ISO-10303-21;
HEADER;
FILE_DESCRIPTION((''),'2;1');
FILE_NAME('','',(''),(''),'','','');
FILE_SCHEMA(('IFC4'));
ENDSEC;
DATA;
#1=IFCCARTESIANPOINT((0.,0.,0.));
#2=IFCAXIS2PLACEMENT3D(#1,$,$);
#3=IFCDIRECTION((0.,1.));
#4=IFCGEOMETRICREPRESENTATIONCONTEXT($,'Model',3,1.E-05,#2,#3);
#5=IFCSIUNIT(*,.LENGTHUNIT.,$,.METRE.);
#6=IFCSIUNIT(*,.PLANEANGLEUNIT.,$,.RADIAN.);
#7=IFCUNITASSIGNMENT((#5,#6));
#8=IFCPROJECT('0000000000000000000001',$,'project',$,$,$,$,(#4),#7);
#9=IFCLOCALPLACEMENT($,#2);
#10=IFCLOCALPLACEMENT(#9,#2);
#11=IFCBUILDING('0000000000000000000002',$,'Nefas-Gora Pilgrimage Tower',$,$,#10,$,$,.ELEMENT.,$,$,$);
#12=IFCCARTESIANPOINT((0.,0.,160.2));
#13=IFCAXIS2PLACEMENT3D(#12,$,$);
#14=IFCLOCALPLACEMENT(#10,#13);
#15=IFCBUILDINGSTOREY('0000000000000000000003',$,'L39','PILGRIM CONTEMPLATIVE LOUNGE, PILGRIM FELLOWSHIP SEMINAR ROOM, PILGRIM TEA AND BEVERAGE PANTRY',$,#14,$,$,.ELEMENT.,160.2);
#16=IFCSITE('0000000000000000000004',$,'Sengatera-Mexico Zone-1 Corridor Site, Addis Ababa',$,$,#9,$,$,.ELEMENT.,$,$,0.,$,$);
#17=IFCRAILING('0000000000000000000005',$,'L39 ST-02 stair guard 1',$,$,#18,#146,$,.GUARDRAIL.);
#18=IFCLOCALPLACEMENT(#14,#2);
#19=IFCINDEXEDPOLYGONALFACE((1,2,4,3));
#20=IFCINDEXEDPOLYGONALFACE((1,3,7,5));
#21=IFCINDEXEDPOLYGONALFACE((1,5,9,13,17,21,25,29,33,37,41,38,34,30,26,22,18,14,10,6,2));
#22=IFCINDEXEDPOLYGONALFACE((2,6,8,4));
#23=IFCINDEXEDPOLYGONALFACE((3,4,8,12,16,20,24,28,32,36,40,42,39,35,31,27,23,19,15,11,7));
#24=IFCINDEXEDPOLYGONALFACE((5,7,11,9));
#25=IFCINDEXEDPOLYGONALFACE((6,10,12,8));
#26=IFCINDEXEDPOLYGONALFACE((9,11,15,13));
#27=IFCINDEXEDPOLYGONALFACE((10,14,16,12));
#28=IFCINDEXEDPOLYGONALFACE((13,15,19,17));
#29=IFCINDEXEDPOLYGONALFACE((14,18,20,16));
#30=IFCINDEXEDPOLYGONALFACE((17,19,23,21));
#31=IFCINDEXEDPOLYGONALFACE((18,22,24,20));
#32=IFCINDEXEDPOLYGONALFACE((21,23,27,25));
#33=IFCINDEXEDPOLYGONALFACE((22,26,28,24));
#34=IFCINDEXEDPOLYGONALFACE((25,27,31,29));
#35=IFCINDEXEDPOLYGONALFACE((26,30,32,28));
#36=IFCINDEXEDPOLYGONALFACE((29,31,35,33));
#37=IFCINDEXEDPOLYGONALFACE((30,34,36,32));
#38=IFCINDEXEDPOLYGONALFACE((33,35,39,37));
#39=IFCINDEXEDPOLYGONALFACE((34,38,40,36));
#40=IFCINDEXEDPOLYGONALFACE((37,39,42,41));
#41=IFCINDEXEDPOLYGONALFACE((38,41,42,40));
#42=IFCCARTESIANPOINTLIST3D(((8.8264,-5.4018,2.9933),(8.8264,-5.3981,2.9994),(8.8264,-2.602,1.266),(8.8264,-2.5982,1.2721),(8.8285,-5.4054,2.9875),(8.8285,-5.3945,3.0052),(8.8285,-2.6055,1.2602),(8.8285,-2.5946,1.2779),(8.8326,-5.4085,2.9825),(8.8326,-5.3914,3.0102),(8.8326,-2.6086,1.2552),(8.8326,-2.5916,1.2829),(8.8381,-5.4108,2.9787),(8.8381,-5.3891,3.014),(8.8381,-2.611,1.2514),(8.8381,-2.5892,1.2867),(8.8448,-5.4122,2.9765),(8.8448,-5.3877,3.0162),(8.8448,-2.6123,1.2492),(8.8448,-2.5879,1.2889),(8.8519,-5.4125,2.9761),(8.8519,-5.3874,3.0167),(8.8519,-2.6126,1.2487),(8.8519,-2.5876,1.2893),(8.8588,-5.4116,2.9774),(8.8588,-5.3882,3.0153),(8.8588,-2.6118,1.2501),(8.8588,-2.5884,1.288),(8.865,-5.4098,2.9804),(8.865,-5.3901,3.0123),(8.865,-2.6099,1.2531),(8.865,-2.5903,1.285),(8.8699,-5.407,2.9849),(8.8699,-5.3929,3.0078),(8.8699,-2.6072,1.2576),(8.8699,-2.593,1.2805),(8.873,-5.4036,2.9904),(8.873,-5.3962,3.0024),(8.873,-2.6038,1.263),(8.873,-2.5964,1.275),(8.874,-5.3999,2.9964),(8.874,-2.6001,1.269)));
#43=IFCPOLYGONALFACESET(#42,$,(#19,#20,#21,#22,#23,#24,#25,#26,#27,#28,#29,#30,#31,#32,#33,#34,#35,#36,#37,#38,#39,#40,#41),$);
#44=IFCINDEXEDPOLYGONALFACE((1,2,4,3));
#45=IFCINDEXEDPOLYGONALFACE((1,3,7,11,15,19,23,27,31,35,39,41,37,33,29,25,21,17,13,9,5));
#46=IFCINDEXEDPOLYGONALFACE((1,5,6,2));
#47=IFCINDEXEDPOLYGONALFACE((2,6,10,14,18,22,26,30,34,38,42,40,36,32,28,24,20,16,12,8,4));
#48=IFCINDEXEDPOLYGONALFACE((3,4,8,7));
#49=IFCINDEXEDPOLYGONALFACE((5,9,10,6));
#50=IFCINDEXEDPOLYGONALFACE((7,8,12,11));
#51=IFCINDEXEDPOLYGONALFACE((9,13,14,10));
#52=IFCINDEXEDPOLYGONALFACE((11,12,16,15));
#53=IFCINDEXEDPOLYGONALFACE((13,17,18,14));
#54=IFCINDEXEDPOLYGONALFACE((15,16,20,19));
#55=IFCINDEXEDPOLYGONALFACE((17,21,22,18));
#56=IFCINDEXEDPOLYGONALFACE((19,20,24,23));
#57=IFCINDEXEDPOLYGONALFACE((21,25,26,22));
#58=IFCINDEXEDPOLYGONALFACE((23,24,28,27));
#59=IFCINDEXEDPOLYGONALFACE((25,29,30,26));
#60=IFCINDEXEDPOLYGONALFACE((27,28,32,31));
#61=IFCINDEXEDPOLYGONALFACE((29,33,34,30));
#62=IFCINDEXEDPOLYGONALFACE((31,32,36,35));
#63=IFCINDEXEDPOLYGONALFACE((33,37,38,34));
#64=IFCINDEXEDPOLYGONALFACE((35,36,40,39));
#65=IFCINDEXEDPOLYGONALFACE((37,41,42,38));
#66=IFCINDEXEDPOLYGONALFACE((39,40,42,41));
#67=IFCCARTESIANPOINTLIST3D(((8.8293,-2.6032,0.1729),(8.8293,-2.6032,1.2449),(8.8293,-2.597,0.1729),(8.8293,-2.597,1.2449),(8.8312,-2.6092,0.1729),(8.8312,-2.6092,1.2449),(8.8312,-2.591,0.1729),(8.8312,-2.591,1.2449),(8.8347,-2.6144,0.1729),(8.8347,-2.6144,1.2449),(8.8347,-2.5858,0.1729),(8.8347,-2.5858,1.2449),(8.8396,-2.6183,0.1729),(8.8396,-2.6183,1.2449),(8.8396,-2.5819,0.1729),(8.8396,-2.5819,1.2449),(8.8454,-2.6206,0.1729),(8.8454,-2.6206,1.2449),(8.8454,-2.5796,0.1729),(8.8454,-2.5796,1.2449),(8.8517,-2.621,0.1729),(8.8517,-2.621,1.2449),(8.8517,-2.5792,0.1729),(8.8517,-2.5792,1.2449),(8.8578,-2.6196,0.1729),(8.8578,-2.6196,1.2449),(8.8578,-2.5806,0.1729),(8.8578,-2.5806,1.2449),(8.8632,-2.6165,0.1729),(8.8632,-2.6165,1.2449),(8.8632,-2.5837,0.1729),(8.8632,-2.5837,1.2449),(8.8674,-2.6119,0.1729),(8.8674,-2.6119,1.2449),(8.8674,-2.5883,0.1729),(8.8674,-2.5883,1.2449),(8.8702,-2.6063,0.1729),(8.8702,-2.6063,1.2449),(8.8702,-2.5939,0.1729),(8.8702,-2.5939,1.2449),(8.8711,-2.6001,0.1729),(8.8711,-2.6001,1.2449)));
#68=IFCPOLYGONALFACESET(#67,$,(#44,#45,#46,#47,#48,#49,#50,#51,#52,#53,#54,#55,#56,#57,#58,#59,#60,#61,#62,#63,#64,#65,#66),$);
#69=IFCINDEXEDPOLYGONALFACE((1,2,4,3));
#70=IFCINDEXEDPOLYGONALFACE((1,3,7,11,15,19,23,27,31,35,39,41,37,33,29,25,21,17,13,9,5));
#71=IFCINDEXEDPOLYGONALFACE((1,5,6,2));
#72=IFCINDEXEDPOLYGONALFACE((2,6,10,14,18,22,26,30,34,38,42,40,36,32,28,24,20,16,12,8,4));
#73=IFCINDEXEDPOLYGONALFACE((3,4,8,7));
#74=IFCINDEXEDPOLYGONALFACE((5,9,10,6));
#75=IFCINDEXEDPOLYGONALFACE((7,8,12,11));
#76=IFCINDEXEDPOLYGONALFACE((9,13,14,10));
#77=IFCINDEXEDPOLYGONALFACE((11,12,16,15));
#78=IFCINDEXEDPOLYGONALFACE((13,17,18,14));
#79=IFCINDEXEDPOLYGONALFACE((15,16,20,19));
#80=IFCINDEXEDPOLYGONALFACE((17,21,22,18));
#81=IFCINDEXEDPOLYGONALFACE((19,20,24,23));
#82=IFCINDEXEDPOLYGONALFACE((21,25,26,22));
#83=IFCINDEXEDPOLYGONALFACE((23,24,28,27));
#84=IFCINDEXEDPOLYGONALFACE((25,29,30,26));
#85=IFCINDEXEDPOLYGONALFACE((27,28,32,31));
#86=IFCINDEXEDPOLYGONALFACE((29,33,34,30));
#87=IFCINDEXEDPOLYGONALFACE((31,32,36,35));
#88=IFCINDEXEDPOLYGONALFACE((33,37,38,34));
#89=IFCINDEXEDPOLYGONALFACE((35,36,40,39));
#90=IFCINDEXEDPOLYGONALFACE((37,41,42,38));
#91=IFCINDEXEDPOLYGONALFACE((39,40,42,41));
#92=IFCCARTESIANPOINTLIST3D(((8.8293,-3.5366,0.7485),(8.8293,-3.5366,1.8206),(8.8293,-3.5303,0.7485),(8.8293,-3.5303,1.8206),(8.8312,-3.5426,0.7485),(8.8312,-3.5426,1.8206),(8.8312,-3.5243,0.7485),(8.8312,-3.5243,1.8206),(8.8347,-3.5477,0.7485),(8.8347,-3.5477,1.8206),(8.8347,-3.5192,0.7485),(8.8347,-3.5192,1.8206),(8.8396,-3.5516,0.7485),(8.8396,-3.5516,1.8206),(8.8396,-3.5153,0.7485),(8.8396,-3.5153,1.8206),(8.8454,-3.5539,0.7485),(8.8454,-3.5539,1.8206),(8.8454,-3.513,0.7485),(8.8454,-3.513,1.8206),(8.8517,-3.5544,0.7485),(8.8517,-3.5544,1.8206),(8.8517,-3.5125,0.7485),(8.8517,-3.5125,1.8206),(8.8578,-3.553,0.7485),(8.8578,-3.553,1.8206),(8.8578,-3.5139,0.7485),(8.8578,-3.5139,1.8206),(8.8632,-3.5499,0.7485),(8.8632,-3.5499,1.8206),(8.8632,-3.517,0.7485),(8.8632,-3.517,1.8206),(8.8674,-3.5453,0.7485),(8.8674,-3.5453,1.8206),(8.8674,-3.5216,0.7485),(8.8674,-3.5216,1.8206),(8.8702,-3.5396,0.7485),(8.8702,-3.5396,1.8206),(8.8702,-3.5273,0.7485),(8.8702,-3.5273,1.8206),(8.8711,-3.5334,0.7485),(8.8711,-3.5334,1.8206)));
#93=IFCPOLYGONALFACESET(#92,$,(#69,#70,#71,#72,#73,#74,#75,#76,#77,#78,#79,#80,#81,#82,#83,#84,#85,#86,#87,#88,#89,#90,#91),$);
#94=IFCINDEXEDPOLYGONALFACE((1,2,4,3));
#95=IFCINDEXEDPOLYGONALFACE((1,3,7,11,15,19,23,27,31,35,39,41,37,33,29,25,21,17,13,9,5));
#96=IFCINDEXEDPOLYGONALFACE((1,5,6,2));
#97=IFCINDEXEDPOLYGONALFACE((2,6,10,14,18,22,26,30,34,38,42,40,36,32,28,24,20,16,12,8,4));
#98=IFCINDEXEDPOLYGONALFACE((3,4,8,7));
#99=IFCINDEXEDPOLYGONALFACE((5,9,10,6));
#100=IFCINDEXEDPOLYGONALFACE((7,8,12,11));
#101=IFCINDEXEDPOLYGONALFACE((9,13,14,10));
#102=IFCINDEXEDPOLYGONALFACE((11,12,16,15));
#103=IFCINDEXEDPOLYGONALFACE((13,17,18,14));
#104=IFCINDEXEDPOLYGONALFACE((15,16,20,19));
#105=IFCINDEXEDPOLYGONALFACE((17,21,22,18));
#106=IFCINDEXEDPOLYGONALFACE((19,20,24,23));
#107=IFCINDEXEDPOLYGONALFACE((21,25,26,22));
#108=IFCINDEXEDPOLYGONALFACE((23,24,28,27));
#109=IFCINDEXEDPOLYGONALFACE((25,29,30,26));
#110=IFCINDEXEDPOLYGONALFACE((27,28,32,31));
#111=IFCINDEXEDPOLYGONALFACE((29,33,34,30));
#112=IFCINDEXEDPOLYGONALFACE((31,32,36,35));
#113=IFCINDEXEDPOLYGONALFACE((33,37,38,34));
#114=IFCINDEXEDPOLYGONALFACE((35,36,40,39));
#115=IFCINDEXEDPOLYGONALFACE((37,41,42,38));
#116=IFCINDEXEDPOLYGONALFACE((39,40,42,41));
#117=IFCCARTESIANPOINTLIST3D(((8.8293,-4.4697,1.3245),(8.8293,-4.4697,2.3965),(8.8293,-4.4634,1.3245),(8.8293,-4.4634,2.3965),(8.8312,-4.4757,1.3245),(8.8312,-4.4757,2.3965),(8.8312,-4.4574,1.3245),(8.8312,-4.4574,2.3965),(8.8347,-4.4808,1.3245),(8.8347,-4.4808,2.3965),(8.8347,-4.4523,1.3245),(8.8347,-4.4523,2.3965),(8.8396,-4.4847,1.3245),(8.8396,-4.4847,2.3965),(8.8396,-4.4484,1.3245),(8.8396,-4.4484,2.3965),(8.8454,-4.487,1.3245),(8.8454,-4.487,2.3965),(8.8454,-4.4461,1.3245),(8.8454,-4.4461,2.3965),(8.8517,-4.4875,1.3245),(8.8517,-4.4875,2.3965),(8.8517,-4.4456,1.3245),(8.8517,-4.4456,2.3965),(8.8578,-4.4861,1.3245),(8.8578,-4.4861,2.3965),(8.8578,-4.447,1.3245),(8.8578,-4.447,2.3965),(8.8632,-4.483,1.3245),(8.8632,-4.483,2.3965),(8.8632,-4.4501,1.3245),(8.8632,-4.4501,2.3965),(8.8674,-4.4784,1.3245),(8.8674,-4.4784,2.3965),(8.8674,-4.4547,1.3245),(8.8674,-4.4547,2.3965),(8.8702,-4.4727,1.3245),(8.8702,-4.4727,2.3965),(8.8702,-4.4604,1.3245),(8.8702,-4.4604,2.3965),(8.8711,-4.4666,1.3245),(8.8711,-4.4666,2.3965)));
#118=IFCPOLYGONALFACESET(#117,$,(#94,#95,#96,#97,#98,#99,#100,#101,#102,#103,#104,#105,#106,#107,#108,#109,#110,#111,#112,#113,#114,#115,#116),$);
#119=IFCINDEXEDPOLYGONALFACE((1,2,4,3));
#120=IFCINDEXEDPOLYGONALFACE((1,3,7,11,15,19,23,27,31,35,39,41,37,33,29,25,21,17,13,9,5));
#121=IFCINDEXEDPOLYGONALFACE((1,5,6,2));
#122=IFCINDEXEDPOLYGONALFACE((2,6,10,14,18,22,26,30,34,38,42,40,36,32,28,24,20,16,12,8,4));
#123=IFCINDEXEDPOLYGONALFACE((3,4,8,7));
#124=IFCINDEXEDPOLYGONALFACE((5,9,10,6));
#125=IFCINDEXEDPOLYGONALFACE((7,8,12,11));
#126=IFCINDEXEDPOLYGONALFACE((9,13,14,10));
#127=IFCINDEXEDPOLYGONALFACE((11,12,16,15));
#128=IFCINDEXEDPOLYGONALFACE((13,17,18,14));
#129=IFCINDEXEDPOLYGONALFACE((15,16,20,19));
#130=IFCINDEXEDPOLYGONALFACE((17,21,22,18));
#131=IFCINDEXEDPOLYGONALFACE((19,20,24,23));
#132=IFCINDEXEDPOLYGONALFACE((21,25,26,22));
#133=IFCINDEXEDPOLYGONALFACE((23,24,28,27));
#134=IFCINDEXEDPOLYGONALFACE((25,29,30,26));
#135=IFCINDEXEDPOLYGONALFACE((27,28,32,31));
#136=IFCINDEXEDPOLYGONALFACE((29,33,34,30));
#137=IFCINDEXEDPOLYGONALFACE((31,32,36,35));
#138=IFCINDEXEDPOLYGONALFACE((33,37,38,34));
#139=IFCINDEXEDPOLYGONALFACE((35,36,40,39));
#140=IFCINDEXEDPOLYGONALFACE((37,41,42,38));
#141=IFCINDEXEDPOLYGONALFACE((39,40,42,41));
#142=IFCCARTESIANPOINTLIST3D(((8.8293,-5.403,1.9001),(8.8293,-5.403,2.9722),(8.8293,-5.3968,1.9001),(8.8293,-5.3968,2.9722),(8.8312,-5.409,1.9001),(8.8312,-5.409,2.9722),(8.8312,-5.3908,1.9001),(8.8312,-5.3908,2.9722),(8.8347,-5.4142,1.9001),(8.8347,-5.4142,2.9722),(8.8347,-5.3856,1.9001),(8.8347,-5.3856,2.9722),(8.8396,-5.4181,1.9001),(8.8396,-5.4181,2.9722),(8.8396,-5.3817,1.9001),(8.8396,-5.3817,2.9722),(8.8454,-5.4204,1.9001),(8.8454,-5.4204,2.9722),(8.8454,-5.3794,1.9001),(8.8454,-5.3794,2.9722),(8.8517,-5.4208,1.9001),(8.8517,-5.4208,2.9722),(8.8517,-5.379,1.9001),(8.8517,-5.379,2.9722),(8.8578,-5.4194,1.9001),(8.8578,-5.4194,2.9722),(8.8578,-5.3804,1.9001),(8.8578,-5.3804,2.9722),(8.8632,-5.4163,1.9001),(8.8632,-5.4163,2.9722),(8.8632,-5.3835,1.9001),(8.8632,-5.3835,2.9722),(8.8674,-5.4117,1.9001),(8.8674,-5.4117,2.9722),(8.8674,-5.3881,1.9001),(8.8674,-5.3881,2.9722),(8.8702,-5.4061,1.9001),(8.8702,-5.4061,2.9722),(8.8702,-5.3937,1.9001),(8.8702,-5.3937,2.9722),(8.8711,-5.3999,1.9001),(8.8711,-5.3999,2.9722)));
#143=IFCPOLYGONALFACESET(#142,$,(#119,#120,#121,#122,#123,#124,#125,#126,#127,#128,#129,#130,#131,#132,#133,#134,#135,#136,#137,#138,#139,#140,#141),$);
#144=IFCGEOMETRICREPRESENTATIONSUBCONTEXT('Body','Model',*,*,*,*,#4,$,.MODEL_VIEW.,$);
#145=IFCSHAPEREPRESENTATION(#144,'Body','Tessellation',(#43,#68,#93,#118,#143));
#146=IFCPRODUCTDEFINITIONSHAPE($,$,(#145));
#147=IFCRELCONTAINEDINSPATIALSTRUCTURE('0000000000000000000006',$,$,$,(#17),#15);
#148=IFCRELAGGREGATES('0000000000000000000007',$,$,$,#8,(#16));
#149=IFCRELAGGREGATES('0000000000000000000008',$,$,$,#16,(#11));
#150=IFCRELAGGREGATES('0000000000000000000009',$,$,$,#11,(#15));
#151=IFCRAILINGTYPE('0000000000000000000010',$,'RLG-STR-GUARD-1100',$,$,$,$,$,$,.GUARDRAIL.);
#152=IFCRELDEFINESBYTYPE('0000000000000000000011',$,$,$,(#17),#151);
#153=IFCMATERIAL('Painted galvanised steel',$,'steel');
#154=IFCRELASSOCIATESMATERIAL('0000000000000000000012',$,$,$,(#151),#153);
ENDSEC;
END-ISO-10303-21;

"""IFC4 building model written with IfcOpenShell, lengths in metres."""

from ifc_helpers import new_model, si_unit, direction, frame, origin, origin_2d, place, context, subcontext, project, spatial, circle, extrude, material, type_object, element, save


model = new_model("IFC4")

# Units and contexts
model_context = context("Model", 3, precision=1e-05, world=origin(), true_north=direction((0.0, 1.0)))
body_context = subcontext(model_context, "Body", "Model", "MODEL_VIEW")
ifc_project = project(units=[si_unit("LENGTHUNIT", "METRE"), si_unit("PLANEANGLEUNIT", "RADIAN")], contexts=[model_context])

# Site, building, storey
site_placement = place(None, origin())
site = spatial("IfcSite", under=ifc_project, at=site_placement, Name="Sengatera-Mexico Zone-1 Corridor Site, Addis Ababa", CompositionType="ELEMENT", RefElevation=0.0)
building_placement = place(site_placement, origin())
building = spatial("IfcBuilding", under=site, at=building_placement, Name="Nefas-Gora Pilgrimage Tower", CompositionType="ELEMENT")
storey_placement = place(building_placement, frame((0.0, 0.0, 160.2)))
storey = spatial("IfcBuildingStorey", under=building, at=storey_placement, Name="L39", Description="PILGRIM CONTEMPLATIVE LOUNGE, PILGRIM FELLOWSHIP SEMINAR ROOM, PILGRIM TEA AND BEVERAGE PANTRY", CompositionType="ELEMENT", Elevation=160.2)

# Railing
ifc_material_1 = material(Name="Painted galvanised steel", Category="steel")
railing_type_1 = type_object("IfcRailingType", Name="RLG-STR-GUARD-1100", PredefinedType="GUARDRAIL", material=ifc_material_1)
railing_1_placement = place(storey_placement, frame((8.8501, -2.6001, 0.1729)))
element("IfcRailing", 1, at=railing_1_placement, inside=storey, type_object=railing_type_1, Name="L39 ST-02 stair guard 1", PredefinedType="GUARDRAIL", context=body_context, shape_type="SweptSolid", body=[
    extrude(circle(Radius=0.0239, at=origin_2d()), frame((0.0, 0.0, 1.0962), z_axis=(0.0, -0.851069, 0.525054), x_axis=(1.0, 0.0, 0.0)), (0.0, 0.0, 1.0), 3.2898),
    extrude(circle(Radius=0.021, at=origin_2d()), origin(), (0.0, 0.0, 1.0), 1.072),
    extrude(circle(Radius=0.021, at=origin_2d()), frame((0.0, -0.9333, 0.5757)), (0.0, 0.0, 1.0), 1.072),
    extrude(circle(Radius=0.021, at=origin_2d()), frame((0.0, -1.8665, 1.1516)), (0.0, 0.0, 1.0), 1.072),
    extrude(circle(Radius=0.021, at=origin_2d()), frame((0.0, -2.7998, 1.7273)), (0.0, 0.0, 1.0), 1.072),
])

save(model, "model.ifc")
